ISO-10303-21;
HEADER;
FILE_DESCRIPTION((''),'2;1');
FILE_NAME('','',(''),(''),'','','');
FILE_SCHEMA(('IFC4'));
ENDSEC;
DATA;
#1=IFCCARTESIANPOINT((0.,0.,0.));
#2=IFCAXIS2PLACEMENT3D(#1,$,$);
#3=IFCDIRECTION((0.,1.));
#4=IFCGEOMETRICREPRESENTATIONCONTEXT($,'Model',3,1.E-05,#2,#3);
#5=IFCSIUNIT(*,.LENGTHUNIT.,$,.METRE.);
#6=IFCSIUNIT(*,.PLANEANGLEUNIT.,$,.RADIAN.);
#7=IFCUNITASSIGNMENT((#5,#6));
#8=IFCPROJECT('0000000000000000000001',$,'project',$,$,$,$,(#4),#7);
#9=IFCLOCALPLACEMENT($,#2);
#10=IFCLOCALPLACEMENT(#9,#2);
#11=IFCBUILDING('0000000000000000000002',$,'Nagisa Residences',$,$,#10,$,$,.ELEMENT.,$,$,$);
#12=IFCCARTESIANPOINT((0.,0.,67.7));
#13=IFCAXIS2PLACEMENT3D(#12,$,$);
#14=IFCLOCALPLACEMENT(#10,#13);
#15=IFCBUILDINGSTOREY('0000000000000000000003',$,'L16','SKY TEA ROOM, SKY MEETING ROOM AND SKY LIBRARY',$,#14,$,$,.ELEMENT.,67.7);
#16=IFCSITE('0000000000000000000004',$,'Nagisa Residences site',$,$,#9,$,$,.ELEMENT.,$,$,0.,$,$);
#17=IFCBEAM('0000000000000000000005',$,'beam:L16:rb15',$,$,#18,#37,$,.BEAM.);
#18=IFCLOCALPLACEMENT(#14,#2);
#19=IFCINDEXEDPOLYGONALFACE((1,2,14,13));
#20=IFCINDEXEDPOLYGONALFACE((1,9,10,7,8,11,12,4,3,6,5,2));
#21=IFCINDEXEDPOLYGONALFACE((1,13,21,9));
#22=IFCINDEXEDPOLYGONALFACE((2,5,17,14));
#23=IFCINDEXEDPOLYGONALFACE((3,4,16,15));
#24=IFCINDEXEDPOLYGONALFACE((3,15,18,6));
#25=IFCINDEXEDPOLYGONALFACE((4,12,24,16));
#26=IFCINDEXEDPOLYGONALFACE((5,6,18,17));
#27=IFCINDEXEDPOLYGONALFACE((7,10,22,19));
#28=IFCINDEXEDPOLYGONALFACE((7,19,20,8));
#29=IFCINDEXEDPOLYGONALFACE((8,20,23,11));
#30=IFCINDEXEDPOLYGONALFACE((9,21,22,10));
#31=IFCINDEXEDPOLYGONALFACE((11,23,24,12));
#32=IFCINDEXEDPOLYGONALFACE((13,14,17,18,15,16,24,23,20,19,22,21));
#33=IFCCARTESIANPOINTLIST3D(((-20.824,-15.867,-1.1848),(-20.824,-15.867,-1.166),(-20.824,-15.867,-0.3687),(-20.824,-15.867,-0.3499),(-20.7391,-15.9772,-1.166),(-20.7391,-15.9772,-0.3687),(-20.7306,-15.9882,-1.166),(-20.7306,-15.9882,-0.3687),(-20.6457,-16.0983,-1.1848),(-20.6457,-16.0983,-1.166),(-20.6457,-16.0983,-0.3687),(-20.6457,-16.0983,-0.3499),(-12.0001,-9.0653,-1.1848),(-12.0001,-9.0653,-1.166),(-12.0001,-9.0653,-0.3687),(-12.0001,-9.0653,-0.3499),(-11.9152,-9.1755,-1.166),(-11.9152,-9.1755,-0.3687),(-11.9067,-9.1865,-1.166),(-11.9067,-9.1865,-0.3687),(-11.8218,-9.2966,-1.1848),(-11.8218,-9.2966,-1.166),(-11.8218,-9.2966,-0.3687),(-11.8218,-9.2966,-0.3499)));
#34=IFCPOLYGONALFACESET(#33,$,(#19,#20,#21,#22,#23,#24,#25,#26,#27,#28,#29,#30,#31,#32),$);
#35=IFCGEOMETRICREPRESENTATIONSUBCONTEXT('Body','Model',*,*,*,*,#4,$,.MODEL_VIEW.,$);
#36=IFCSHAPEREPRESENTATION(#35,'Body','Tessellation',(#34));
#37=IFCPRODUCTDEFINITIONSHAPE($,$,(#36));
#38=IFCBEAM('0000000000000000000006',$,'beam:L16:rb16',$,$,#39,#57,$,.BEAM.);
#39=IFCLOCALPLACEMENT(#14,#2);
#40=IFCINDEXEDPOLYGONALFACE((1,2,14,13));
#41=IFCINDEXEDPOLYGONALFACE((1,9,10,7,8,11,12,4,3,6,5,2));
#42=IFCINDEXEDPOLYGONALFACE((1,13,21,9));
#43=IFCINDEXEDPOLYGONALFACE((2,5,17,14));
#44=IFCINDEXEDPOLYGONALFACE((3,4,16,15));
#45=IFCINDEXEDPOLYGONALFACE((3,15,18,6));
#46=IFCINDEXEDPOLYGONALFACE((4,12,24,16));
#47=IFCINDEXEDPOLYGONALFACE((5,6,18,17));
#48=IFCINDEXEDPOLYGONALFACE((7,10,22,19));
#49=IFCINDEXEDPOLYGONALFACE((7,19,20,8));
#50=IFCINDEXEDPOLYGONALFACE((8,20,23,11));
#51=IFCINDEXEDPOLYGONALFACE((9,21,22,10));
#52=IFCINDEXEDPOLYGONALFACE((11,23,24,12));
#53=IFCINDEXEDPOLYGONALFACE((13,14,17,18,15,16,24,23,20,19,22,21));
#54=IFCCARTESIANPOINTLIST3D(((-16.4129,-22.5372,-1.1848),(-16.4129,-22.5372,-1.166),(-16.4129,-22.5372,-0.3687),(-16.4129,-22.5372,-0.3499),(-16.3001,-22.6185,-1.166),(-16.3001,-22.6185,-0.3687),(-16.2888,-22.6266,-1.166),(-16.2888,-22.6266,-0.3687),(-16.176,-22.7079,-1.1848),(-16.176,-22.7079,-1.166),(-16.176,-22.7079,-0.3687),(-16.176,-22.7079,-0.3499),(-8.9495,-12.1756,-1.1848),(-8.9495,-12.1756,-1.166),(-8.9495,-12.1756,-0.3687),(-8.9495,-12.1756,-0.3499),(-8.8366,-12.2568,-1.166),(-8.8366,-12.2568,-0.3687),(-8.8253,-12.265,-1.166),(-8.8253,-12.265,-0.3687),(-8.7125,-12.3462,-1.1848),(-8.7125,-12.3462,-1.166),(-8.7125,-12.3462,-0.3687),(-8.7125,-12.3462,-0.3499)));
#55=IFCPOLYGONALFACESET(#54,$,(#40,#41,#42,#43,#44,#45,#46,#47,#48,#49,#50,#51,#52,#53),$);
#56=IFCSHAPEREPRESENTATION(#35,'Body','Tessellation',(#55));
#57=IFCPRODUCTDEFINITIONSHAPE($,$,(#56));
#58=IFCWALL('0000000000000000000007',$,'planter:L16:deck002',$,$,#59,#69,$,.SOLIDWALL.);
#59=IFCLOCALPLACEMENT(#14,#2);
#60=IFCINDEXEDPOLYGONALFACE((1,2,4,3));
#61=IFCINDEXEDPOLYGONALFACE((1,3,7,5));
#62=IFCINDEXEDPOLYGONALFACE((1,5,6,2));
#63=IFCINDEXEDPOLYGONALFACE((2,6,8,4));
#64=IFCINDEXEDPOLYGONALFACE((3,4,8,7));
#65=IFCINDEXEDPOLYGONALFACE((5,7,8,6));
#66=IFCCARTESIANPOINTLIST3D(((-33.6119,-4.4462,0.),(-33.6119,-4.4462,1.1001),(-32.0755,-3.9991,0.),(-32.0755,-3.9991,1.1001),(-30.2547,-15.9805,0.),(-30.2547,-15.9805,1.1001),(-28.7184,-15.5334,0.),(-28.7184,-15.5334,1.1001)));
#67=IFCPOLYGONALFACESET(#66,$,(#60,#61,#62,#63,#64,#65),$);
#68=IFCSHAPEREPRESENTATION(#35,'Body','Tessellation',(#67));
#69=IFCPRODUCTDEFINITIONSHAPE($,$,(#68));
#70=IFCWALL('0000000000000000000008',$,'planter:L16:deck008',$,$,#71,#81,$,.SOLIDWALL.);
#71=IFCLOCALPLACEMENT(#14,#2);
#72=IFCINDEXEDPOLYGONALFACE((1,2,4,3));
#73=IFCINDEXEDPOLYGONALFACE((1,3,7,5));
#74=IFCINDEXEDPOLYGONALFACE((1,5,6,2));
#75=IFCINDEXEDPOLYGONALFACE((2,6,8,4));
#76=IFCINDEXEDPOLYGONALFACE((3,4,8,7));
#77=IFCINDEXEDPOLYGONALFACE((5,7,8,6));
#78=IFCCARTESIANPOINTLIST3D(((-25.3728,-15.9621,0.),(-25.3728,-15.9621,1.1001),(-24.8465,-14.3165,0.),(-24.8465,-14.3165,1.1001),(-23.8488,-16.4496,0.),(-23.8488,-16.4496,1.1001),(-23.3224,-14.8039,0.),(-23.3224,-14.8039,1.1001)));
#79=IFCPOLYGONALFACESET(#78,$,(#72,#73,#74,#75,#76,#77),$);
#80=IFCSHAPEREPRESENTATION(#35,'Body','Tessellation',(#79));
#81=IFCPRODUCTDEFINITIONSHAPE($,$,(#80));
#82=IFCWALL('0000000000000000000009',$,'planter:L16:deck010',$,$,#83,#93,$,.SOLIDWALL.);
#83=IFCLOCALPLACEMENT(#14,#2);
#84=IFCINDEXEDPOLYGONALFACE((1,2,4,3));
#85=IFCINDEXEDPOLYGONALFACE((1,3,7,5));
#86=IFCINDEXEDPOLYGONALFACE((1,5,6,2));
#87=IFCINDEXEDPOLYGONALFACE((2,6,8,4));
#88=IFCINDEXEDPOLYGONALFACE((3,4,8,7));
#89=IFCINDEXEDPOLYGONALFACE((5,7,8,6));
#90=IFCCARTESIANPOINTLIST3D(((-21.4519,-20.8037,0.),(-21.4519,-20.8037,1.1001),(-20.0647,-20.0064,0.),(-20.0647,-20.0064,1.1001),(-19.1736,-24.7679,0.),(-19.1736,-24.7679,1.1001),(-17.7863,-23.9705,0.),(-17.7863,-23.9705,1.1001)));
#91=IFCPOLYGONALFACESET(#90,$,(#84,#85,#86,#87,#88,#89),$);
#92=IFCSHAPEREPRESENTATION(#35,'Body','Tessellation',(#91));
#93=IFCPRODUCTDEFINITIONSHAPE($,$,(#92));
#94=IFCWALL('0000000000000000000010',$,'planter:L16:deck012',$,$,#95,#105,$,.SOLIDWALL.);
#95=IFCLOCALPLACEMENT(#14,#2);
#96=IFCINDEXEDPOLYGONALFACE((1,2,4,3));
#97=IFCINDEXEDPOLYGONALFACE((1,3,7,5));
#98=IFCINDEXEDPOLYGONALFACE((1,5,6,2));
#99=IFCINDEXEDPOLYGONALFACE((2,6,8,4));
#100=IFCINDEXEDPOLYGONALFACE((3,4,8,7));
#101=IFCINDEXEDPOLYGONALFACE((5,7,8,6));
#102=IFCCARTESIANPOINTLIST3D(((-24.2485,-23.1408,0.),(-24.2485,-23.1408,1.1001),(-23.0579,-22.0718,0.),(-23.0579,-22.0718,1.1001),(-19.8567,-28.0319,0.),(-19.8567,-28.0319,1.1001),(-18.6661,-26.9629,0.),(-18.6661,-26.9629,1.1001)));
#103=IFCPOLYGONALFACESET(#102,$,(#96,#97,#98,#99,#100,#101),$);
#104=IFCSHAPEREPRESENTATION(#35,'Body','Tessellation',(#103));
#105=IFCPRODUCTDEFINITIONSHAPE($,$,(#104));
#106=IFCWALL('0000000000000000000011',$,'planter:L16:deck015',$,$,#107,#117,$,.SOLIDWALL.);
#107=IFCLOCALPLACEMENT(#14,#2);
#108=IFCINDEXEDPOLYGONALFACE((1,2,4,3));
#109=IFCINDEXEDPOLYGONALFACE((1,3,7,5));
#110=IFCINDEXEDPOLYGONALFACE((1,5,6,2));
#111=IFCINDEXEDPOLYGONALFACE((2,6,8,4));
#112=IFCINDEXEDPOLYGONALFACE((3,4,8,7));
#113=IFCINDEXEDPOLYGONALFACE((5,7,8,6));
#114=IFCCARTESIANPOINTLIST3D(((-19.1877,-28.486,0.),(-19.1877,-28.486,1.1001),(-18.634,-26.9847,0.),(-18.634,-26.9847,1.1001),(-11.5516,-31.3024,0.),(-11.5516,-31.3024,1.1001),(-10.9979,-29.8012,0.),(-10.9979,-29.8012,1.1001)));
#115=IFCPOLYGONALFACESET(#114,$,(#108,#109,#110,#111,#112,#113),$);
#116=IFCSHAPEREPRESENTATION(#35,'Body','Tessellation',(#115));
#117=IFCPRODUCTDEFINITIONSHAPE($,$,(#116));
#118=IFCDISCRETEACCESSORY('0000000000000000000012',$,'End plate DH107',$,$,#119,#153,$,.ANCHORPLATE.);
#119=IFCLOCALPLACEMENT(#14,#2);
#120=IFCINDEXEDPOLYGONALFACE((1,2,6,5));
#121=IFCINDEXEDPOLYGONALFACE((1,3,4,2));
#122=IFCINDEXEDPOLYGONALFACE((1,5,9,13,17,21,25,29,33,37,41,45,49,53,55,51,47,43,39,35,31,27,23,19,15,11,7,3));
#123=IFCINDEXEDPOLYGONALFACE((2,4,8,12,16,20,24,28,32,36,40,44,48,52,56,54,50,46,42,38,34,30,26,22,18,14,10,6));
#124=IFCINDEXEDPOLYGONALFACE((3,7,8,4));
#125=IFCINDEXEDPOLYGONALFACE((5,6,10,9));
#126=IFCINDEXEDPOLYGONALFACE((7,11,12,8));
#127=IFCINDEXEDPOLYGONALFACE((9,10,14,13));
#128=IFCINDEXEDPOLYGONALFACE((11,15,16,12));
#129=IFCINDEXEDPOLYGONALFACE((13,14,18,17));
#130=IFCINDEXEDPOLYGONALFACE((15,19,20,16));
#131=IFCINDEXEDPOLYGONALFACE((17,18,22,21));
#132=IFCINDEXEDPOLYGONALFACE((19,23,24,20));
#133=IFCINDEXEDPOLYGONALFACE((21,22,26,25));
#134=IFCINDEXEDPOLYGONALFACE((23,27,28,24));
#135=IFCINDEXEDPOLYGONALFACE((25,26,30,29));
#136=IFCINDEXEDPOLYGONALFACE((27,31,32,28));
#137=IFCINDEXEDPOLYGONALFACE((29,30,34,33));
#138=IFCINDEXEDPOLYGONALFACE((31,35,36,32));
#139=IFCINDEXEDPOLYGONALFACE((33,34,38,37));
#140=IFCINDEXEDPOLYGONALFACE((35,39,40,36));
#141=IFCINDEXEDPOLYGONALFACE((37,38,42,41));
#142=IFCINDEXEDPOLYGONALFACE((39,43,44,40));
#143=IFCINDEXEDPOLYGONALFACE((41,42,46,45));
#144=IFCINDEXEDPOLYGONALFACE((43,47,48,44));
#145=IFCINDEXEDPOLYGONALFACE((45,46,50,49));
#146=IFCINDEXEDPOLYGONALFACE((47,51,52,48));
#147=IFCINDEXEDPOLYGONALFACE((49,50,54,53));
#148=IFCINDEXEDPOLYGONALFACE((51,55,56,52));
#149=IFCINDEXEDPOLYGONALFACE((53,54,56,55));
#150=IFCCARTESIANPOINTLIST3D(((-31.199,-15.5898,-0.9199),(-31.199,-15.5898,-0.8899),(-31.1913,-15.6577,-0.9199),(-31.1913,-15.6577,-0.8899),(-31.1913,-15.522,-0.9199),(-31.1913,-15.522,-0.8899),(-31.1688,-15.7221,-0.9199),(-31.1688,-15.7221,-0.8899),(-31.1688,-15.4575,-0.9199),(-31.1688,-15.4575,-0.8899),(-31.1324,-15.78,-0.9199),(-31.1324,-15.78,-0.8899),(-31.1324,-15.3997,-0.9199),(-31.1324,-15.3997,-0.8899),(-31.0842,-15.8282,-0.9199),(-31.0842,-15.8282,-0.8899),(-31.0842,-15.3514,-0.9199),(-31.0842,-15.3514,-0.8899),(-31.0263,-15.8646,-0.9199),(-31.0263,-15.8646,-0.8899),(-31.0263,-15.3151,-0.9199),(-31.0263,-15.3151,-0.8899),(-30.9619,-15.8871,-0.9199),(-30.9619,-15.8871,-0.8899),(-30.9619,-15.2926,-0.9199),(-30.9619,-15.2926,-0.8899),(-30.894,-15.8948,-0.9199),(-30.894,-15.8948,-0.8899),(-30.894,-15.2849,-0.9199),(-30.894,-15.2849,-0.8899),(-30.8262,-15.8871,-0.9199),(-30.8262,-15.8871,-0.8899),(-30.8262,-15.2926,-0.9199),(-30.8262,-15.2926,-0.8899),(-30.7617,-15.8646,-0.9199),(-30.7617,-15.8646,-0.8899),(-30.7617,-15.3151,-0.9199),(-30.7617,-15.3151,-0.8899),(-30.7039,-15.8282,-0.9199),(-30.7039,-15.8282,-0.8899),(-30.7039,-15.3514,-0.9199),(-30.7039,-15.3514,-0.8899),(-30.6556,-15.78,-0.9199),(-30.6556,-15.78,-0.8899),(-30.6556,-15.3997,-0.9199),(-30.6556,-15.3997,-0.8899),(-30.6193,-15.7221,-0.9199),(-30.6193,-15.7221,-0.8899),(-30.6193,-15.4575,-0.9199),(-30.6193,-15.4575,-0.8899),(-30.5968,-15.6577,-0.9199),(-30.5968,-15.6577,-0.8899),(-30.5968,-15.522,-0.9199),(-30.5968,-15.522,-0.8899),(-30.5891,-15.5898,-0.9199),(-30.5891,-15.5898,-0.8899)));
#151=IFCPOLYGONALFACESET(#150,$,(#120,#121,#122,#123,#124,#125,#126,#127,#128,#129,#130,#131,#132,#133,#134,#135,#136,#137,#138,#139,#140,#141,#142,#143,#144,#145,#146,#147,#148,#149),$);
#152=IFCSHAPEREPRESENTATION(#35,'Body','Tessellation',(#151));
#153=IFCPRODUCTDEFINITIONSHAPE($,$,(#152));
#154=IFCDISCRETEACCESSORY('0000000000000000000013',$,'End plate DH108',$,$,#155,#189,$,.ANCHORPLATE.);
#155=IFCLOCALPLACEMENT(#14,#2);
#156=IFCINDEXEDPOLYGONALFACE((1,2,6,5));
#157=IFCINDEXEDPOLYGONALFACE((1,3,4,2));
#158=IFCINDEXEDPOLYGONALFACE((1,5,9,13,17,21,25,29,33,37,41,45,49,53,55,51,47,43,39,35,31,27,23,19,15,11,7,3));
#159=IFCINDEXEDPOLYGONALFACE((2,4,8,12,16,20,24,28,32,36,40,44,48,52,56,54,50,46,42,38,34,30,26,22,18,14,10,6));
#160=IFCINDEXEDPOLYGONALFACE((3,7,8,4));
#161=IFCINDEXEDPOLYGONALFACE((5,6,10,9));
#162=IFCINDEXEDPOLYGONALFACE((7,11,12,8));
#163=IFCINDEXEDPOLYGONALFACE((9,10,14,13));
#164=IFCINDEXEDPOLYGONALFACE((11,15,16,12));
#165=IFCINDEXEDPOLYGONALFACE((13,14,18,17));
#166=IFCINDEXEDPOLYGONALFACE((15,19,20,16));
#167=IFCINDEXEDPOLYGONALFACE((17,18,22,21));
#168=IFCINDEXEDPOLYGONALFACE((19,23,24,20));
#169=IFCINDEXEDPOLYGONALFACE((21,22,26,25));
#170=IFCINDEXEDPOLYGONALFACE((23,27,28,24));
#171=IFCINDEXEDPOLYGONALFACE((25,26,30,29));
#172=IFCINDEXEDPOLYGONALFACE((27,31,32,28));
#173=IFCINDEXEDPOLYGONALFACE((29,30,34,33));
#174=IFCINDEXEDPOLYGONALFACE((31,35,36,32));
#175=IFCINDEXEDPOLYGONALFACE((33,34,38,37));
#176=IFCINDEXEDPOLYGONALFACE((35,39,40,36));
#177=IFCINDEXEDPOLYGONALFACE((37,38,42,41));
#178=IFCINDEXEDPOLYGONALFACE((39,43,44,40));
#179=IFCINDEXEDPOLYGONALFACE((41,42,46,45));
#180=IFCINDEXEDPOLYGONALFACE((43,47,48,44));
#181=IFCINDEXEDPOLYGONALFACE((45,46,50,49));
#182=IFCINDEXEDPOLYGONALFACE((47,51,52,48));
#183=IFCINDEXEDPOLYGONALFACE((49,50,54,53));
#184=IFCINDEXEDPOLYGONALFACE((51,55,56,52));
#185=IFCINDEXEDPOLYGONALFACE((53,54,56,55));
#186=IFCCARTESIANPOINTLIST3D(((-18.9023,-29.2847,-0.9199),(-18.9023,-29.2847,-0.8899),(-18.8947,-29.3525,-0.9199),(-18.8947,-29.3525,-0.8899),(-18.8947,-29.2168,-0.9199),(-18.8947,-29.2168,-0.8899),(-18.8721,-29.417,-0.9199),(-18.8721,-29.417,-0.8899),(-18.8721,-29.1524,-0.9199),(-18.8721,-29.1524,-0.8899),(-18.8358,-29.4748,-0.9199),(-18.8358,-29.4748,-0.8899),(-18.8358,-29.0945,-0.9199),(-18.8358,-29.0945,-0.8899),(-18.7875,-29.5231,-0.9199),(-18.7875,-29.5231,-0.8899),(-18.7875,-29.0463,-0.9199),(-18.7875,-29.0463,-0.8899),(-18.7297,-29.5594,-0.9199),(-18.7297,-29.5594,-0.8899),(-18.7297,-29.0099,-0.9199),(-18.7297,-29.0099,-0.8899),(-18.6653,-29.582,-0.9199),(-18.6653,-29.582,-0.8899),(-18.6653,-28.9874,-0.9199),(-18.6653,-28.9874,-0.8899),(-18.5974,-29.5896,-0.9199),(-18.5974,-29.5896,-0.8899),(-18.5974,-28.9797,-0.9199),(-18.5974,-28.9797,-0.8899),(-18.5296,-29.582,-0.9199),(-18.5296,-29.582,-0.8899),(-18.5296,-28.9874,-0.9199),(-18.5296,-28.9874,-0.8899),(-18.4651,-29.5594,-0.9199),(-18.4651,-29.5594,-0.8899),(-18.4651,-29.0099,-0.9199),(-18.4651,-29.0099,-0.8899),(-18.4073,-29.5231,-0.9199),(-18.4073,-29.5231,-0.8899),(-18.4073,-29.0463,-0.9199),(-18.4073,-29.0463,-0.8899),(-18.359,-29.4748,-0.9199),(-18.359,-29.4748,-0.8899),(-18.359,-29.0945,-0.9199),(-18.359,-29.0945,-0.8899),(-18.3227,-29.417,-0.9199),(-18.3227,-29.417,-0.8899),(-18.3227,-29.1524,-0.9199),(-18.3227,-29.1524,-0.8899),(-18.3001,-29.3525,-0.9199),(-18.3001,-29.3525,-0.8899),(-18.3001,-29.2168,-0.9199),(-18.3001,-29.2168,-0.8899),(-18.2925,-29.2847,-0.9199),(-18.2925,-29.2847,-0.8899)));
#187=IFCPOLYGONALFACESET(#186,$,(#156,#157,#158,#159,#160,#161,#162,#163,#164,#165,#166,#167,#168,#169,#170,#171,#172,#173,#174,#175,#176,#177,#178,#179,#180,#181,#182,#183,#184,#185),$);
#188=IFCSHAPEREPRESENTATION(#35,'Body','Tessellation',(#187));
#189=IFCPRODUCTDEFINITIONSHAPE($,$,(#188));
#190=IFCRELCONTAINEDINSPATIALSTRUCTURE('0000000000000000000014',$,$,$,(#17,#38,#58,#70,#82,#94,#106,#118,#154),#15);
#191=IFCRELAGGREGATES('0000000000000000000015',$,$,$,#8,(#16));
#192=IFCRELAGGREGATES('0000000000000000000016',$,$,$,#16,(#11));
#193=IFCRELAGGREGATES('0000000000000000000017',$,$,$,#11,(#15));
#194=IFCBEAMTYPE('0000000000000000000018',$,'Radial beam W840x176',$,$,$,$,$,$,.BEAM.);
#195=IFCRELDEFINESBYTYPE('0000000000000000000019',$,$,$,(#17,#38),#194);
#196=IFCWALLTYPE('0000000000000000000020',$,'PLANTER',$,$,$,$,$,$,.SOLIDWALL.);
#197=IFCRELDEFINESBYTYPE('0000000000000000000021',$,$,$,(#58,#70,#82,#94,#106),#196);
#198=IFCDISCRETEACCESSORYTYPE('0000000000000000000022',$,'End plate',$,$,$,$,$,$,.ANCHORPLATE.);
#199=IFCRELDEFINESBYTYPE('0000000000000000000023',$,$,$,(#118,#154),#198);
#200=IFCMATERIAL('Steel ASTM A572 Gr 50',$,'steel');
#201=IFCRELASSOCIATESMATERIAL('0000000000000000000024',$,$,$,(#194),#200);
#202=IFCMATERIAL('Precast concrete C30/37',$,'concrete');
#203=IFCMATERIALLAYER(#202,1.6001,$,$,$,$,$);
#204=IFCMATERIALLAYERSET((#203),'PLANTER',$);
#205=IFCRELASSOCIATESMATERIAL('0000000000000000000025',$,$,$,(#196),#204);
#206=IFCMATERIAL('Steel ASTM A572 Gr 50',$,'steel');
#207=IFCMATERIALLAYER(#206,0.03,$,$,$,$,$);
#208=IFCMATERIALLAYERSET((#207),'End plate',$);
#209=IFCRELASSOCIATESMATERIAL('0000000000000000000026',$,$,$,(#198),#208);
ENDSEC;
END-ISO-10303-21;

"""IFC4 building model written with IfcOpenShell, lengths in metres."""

from ifc_helpers import new_model, si_unit, direction, frame, frame_2d, origin, origin_2d, place, context, subcontext, project, spatial, rectangle, circle, i_section, extrude, material, layer, layer_set, material_profile, profile_set, type_object, element, save


model = new_model("IFC4")

# Units and contexts
model_context = context("Model", 3, precision=1e-05, world=origin(), true_north=direction((0.0, 1.0)))
body_context = subcontext(model_context, "Body", "Model", "MODEL_VIEW")
ifc_project = project(units=[si_unit("LENGTHUNIT", "METRE"), si_unit("PLANEANGLEUNIT", "RADIAN")], contexts=[model_context])

# Site, building, storey
site_placement = place(None, origin())
site = spatial("IfcSite", under=ifc_project, at=site_placement, Name="Nagisa Residences site", CompositionType="ELEMENT", RefElevation=0.0)
building_placement = place(site_placement, origin())
building = spatial("IfcBuilding", under=site, at=building_placement, Name="Nagisa Residences", CompositionType="ELEMENT")
storey_placement = place(building_placement, frame((0.0, 0.0, 67.7)))
storey = spatial("IfcBuildingStorey", under=building, at=storey_placement, Name="L16", Description="SKY TEA ROOM, SKY MEETING ROOM AND SKY LIBRARY", CompositionType="ELEMENT", Elevation=67.7)

# Beams
ifc_material_1 = material(Name="Steel ASTM A572 Gr 50", Category="steel")
ifc_material_profile_1 = material_profile(ifc_material_1, i_section(OverallWidth=0.292, OverallDepth=0.835, WebThickness=0.0139, FlangeThickness=0.0188, at=origin_2d()), Name="W840x176")
ifc_profile_set_1 = profile_set([ifc_material_profile_1], Name="Steel ASTM A572 Gr 50")
beam_type_1 = type_object("IfcBeamType", Name="Radial beam W840x176", PredefinedType="BEAM", material=ifc_profile_set_1)
beam_1_placement = place(storey_placement, frame((-20.7349, -15.9827, -0.7673), z_axis=(0.792013, 0.610505, 0.0), x_axis=(-0.610505, 0.792013, 0.0)))
element("IfcBeam", 1, at=beam_1_placement, inside=storey, type_object=beam_type_1, Name="beam:L16:rb15", PredefinedType="BEAM", context=body_context, shape_type="SweptSolid", body=[
    extrude(i_section(OverallWidth=0.292, OverallDepth=0.835, WebThickness=0.0139, FlangeThickness=0.0188, at=origin_2d()), origin(), (0.0, 0.0, 1.0), 11.1411),
])
beam_2_placement = place(storey_placement, frame((-16.2944, -22.6226, -0.7673), z_axis=(0.584462, 0.811421, 0.0), x_axis=(-0.811421, 0.584462, 0.0)))
element("IfcBeam", 2, at=beam_2_placement, inside=storey, type_object=beam_type_1, Name="beam:L16:rb16", PredefinedType="BEAM", context=body_context, shape_type="SweptSolid", body=[
    extrude(i_section(OverallWidth=0.292, OverallDepth=0.835, WebThickness=0.0139, FlangeThickness=0.0188, at=origin_2d()), origin(), (0.0, 0.0, 1.0), 12.7698),
])

# Walls
ifc_material_2 = material(Name="Precast concrete C30/37", Category="concrete")
ifc_layer_1 = layer(ifc_material_2, 1.6001)
ifc_layer_set_1 = layer_set([ifc_layer_1], Name="PLANTER")
wall_type_1 = type_object("IfcWallType", Name="PLANTER", PredefinedType="SOLIDWALL", material=ifc_layer_set_1)
wall_1_placement = place(storey_placement, frame((-29.4866, -15.7568, 0.0), z_axis=(0.0, 0.0, 1.0), x_axis=(-0.279461, 0.960157, 0.0)))
element("IfcWall", 3, at=wall_1_placement, inside=storey, type_object=wall_type_1, Name="planter:L16:deck002", PredefinedType="SOLIDWALL", context=body_context, shape_type="SweptSolid", body=[
    extrude(rectangle(XDim=12.0129, YDim=1.6001, at=frame_2d((6.0063, 0.0))), origin(), (0.0, 0.0, 1.0), 1.1001),
])
wall_2_placement = place(storey_placement, frame((-24.0845, -14.5603, 0.0), z_axis=(0.0, 0.0, 1.0), x_axis=(-0.304632, -0.95247, 0.0)))
element("IfcWall", 4, at=wall_2_placement, inside=storey, type_object=wall_type_1, Name="planter:L16:deck008", PredefinedType="SOLIDWALL", context=body_context, shape_type="SweptSolid", body=[
    extrude(rectangle(XDim=1.7278, YDim=1.6001, at=frame_2d((0.8638, 0.0))), origin(), (0.0, 0.0, 1.0), 1.1001),
])
wall_3_placement = place(storey_placement, frame((-20.7583, -20.405, 0.0), z_axis=(0.0, 0.0, 1.0), x_axis=(0.4983, -0.867005, 0.0)))
element("IfcWall", 5, at=wall_3_placement, inside=storey, type_object=wall_type_1, Name="planter:L16:deck010", PredefinedType="SOLIDWALL", context=body_context, shape_type="SweptSolid", body=[
    extrude(rectangle(XDim=4.5723, YDim=1.6001, at=frame_2d((2.2861, 0.0))), origin(), (0.0, 0.0, 1.0), 1.1001),
])
wall_4_placement = place(storey_placement, frame((-19.2615, -27.4973, 0.0), z_axis=(0.0, 0.0, 1.0), x_axis=(-0.668111, 0.744062, 0.0)))
element("IfcWall", 6, at=wall_4_placement, inside=storey, type_object=wall_type_1, Name="planter:L16:deck012", PredefinedType="SOLIDWALL", context=body_context, shape_type="SweptSolid", body=[
    extrude(rectangle(XDim=6.5735, YDim=1.6001, at=frame_2d((3.2866, 0.0))), origin(), (0.0, 0.0, 1.0), 1.1001),
])
wall_5_placement = place(storey_placement, frame((-11.2749, -30.5518, 0.0), z_axis=(0.0, 0.0, 1.0), x_axis=(-0.938218, 0.346046, 0.0)))
element("IfcWall", 7, at=wall_5_placement, inside=storey, type_object=wall_type_1, Name="planter:L16:deck015", PredefinedType="SOLIDWALL", context=body_context, shape_type="SweptSolid", body=[
    extrude(rectangle(XDim=8.1389, YDim=1.6001, at=frame_2d((4.0693, 0.0))), origin(), (0.0, 0.0, 1.0), 1.1001),
])

# Discrete accessories
ifc_material_3 = material(Name="Steel ASTM A572 Gr 50", Category="steel")
ifc_layer_2 = layer(ifc_material_3, 0.03)
ifc_layer_set_2 = layer_set([ifc_layer_2], Name="End plate")
discrete_accessory_type = type_object("IfcDiscreteAccessoryType", Name="End plate", PredefinedType="ANCHORPLATE", material=ifc_layer_set_2)
for number, where, z_axis, x_axis, name in (
    (8, (-30.894, -15.5898, -0.8899), (0.0, 0.0, -1.0), (1.0, 0.0, 0.0), "End plate DH107"),
    (9, (-18.5974, -29.2847, -0.8899), (0.0, 0.0, -1.0), (1.0, 0.0, 0.0), "End plate DH108"),
):
    element("IfcDiscreteAccessory", number, at=place(storey_placement, frame(where, z_axis=z_axis, x_axis=x_axis)), inside=storey, type_object=discrete_accessory_type, Name=name, PredefinedType="ANCHORPLATE", context=body_context, shape_type="SweptSolid", body=[
        extrude(circle(Radius=0.3049, at=origin_2d()), origin(), (0.0, 0.0, 1.0), 0.03),
    ])

save(model, "model.ifc")
